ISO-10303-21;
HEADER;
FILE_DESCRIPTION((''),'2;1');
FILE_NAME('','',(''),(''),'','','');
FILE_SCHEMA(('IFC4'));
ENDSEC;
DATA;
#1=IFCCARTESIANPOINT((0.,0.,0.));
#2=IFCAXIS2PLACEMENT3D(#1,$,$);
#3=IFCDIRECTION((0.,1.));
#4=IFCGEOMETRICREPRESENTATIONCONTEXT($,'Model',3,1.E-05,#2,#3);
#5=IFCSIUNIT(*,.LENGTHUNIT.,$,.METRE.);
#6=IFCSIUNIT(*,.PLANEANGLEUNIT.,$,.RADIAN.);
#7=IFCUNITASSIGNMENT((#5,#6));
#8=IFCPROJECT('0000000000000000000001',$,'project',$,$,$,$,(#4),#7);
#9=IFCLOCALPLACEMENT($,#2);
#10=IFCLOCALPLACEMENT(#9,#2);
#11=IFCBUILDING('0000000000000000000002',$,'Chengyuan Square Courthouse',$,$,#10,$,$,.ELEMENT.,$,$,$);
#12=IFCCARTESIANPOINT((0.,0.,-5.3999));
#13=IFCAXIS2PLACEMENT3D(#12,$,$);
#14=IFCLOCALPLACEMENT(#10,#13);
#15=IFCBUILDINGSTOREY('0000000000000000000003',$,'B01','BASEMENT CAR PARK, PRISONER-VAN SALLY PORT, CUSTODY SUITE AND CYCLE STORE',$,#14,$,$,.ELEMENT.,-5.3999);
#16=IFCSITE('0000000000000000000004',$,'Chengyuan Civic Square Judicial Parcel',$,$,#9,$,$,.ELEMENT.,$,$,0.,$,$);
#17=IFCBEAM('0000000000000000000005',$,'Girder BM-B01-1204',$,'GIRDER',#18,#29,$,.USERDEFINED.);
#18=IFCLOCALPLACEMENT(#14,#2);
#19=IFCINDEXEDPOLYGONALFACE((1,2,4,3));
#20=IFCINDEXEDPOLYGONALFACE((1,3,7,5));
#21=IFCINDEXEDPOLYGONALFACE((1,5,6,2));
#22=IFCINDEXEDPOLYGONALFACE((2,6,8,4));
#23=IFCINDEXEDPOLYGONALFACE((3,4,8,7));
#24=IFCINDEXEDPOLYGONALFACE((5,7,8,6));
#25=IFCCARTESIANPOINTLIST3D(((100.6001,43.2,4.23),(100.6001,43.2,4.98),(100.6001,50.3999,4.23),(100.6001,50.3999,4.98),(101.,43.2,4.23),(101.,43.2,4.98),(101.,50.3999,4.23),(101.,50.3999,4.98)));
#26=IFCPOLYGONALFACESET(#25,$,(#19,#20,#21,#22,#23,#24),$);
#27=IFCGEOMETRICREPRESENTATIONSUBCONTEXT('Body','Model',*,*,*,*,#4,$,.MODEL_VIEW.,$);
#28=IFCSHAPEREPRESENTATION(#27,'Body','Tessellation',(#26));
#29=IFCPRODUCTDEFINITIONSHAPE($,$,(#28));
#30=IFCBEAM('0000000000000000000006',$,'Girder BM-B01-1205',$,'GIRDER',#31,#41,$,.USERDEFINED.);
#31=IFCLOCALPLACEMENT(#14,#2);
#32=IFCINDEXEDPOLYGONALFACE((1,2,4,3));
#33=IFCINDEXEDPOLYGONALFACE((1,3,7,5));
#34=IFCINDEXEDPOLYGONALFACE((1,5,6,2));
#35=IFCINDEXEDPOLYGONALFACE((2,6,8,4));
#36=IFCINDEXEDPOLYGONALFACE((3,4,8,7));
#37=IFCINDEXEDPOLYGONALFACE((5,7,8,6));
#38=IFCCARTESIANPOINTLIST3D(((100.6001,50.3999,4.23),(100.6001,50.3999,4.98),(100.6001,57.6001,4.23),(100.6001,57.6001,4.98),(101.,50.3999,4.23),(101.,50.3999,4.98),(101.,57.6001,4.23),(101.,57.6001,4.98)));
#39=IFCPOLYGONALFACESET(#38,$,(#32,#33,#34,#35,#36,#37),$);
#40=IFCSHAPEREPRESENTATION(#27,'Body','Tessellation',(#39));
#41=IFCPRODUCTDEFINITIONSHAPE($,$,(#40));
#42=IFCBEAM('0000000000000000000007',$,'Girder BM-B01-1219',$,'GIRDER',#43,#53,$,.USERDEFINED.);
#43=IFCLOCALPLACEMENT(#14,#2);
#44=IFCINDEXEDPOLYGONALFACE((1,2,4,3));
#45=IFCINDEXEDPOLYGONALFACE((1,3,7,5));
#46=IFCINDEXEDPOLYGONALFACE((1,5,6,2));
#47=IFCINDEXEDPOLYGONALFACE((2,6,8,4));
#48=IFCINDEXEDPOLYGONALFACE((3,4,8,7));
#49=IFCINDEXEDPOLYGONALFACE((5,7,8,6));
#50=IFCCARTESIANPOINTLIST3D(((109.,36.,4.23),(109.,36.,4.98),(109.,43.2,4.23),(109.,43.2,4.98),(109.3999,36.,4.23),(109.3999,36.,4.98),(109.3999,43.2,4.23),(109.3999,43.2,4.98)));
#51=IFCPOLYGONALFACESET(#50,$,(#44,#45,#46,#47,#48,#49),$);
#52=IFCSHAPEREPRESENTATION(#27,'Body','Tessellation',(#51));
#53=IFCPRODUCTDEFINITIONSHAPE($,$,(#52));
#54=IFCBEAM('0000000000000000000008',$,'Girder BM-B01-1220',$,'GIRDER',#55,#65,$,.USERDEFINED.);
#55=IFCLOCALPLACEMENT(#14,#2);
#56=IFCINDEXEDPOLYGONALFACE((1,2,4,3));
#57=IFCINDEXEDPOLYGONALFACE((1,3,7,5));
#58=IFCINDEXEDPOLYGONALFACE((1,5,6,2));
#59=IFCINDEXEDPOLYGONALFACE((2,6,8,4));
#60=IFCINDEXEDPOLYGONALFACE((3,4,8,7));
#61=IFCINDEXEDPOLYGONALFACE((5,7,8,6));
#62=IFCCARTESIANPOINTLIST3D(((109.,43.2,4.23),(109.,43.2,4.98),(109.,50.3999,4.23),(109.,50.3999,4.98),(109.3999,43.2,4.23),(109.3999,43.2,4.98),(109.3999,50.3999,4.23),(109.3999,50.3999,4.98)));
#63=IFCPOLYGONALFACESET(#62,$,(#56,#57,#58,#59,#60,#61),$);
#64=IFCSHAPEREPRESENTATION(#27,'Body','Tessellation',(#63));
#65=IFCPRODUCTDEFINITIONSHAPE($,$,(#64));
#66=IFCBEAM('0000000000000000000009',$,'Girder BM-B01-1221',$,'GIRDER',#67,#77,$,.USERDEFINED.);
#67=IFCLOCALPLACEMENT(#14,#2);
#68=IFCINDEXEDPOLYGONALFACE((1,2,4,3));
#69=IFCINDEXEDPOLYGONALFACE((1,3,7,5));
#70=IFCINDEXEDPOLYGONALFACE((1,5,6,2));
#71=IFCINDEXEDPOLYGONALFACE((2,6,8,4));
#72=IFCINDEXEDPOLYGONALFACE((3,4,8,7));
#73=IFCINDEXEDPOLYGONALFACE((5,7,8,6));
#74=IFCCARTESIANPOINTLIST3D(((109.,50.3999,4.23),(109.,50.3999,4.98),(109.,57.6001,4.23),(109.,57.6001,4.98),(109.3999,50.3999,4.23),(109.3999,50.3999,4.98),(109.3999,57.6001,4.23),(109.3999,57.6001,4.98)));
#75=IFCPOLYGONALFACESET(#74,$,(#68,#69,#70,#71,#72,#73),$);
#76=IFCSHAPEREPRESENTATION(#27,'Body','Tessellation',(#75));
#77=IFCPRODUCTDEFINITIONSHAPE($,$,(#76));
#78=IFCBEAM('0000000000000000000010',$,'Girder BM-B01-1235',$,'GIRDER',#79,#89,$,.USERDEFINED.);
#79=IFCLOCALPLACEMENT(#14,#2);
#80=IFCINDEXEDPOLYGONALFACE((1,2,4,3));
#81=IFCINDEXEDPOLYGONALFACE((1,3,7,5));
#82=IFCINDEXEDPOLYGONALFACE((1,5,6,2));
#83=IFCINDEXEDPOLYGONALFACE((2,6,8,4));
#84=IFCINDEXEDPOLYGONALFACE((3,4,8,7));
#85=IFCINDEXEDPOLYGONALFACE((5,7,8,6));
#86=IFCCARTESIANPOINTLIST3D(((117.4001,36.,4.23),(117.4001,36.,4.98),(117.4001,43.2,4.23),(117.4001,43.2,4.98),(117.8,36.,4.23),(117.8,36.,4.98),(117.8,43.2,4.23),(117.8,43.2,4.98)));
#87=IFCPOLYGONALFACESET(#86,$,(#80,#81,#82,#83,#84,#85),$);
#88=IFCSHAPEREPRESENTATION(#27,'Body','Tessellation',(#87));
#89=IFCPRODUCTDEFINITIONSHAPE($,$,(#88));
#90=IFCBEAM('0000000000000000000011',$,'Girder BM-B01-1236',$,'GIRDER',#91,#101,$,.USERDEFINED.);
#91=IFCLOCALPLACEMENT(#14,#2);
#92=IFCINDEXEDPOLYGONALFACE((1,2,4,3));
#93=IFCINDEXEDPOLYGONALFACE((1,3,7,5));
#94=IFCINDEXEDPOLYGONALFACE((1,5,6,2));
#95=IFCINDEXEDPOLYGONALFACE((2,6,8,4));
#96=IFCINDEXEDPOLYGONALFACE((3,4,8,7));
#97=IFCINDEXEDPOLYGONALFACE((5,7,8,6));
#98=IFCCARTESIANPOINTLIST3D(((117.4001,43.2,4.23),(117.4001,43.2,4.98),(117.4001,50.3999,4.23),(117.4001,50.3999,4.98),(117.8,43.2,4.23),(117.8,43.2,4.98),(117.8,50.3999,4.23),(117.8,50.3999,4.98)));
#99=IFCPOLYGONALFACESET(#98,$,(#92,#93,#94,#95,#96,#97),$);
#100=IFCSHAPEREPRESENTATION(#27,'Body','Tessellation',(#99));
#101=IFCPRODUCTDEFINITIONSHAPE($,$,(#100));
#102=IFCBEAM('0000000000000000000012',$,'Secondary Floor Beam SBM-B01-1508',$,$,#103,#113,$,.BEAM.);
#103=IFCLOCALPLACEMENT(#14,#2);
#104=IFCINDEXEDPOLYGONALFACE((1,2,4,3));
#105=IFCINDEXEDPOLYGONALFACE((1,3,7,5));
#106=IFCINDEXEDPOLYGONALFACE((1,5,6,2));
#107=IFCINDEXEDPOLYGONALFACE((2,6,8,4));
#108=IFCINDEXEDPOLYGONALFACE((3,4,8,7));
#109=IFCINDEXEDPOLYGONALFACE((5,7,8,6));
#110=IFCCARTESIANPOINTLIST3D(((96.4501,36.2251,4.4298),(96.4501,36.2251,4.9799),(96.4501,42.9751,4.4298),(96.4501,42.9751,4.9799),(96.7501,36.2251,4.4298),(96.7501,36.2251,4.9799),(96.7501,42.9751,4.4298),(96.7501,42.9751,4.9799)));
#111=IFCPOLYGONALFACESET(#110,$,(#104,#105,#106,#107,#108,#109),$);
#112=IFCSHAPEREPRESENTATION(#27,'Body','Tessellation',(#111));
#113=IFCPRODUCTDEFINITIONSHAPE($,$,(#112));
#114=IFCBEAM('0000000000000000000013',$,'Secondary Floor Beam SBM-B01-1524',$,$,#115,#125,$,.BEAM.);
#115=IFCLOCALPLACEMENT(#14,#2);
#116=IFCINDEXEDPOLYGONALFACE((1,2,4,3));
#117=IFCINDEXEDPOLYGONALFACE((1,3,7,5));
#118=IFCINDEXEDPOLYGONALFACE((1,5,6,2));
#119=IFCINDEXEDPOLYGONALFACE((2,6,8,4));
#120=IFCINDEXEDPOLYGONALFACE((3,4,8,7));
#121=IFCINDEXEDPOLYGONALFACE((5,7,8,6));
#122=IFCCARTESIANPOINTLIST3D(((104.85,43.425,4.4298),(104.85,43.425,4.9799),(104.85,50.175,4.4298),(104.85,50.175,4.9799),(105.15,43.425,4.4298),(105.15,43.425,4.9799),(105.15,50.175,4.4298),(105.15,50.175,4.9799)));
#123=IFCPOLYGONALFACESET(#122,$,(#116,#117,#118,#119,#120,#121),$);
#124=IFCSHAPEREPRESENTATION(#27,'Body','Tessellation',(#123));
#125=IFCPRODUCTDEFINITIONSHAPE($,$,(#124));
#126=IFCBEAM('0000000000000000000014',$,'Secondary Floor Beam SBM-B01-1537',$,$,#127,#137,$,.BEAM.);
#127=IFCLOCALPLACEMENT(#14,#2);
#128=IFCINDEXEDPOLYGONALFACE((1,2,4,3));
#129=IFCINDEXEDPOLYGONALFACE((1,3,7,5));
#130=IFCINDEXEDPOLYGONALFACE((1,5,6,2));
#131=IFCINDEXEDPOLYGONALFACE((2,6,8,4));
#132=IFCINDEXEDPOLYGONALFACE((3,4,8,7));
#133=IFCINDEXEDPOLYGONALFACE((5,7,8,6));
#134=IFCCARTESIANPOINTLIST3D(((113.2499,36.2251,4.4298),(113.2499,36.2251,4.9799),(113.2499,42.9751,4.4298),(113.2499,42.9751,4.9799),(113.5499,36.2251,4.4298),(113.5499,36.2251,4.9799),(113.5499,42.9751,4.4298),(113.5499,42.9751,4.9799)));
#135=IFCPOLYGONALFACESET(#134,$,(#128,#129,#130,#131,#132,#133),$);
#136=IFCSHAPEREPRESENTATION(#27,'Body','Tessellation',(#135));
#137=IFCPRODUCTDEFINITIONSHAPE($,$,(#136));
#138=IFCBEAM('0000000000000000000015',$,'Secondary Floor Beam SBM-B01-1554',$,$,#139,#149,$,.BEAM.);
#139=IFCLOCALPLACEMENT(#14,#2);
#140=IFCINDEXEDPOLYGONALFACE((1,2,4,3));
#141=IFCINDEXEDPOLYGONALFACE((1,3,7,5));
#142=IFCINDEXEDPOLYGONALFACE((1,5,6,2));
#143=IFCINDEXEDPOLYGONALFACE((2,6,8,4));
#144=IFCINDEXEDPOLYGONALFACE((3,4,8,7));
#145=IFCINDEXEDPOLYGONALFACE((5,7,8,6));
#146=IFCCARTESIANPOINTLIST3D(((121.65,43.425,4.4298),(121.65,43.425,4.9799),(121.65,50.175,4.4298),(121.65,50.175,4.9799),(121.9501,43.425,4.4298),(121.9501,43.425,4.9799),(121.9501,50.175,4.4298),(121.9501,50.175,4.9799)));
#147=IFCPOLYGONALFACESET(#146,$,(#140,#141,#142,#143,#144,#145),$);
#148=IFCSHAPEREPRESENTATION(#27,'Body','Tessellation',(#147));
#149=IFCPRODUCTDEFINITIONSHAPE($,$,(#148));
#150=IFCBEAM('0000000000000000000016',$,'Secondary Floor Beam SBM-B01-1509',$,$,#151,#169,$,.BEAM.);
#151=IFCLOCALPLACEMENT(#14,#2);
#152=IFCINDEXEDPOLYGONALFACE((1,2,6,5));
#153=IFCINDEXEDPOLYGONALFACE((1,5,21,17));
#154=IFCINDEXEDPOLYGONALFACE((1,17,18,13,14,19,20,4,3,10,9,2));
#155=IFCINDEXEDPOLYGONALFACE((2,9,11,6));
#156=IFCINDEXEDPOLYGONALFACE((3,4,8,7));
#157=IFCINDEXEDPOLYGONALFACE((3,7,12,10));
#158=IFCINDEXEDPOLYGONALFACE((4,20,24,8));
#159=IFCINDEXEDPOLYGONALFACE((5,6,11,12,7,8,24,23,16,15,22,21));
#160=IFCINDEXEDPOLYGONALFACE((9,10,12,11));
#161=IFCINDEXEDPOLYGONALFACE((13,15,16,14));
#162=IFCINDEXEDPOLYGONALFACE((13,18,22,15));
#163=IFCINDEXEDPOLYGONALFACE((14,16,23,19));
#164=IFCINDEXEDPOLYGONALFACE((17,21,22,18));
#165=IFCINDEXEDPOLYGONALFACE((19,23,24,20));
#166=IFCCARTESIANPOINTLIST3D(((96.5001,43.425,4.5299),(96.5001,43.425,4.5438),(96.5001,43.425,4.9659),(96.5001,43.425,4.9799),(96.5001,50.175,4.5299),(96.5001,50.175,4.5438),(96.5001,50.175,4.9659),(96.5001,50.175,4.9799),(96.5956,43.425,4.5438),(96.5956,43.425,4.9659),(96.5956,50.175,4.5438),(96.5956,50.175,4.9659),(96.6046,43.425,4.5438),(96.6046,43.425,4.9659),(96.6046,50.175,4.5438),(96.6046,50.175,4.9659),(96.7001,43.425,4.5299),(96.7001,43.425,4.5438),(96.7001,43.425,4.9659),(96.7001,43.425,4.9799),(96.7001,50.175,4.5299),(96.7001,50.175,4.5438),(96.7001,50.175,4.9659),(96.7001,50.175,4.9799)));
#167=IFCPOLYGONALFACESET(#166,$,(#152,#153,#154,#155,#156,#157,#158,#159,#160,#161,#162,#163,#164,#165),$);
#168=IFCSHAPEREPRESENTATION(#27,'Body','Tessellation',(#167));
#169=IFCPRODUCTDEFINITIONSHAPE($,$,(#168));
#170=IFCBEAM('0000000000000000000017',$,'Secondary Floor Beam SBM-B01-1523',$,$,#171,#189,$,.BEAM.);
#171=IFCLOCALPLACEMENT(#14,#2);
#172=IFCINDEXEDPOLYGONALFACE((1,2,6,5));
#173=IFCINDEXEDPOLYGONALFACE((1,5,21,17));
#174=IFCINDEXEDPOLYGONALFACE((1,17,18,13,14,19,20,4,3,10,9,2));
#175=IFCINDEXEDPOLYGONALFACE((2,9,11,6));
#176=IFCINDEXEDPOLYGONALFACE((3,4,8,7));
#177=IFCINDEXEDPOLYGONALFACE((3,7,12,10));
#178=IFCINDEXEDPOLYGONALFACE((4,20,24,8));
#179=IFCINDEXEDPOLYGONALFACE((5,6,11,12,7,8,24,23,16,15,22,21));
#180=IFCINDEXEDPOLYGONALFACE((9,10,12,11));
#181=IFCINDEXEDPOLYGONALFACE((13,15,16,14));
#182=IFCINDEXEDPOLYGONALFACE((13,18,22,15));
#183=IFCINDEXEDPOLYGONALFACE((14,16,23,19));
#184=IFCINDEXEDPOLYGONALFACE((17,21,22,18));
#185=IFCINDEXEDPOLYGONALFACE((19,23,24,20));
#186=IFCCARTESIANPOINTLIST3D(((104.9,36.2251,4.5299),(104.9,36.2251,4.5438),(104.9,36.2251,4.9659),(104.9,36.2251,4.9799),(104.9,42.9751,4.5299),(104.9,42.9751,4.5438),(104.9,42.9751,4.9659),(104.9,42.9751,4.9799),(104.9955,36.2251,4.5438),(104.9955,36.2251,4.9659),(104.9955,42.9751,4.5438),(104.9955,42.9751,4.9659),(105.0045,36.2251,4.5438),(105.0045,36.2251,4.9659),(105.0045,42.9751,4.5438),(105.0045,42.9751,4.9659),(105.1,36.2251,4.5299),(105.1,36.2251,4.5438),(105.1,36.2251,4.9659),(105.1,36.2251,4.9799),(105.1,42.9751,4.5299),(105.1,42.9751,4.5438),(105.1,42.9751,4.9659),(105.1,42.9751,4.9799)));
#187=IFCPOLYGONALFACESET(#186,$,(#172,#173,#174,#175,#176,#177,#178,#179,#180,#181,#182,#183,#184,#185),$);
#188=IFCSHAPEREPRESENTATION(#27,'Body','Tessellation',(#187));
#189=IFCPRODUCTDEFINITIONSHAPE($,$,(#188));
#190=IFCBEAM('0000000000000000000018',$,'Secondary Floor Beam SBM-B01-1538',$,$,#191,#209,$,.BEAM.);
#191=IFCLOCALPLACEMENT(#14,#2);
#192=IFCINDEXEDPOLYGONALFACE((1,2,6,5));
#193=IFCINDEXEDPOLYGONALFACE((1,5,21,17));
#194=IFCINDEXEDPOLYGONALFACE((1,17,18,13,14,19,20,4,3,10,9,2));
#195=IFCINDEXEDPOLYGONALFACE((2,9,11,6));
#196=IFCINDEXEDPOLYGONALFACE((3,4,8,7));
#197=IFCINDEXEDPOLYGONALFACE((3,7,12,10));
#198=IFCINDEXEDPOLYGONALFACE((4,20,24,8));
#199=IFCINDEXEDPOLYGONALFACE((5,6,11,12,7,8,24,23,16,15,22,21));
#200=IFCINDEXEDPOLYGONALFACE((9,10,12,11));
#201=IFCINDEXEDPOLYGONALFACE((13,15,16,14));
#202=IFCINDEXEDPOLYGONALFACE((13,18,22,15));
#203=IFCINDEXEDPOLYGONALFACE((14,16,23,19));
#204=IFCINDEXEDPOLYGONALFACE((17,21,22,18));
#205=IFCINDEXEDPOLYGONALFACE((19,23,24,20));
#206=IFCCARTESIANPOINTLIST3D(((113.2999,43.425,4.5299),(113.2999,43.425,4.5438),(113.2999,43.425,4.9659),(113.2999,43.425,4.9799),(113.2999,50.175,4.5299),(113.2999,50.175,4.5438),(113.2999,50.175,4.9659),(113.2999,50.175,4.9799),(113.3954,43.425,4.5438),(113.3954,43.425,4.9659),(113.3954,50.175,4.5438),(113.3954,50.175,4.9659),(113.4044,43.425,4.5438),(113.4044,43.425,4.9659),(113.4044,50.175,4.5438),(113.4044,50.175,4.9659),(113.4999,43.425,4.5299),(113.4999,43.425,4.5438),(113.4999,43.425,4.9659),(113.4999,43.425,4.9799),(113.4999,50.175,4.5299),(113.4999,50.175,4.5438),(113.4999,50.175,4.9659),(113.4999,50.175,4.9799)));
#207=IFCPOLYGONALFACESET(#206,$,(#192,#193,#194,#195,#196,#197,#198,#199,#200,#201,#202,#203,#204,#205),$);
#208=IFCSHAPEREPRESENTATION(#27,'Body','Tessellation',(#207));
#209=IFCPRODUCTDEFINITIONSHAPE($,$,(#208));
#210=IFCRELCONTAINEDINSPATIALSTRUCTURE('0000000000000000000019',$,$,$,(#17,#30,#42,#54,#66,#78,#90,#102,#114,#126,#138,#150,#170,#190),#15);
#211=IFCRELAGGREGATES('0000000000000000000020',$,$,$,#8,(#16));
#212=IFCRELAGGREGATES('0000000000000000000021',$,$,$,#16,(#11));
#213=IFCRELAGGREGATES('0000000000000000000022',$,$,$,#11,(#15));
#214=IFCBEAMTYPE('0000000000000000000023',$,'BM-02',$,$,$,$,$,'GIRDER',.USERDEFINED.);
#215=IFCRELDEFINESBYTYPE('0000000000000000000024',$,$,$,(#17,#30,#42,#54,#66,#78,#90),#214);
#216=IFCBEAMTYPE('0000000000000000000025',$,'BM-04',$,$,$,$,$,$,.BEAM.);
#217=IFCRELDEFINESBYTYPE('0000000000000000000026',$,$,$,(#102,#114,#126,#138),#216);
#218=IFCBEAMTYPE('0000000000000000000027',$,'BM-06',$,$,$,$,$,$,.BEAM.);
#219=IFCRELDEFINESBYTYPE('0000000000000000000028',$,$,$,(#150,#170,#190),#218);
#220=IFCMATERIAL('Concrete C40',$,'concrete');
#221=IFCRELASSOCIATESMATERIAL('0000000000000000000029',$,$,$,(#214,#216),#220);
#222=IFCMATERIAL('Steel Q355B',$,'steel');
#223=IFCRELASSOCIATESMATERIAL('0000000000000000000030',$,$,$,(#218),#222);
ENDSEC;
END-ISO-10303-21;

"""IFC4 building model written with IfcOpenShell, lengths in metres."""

from ifc_helpers import new_model, si_unit, direction, frame, origin, origin_2d, place, context, subcontext, project, spatial, rectangle, i_section, extrude, material, material_profile, profile_set, type_object, element, save


model = new_model("IFC4")

# Units and contexts
model_context = context("Model", 3, precision=1e-05, world=origin(), true_north=direction((0.0, 1.0)))
body_context = subcontext(model_context, "Body", "Model", "MODEL_VIEW")
ifc_project = project(units=[si_unit("LENGTHUNIT", "METRE"), si_unit("PLANEANGLEUNIT", "RADIAN")], contexts=[model_context])

# Site, building, storey
site_placement = place(None, origin())
site = spatial("IfcSite", under=ifc_project, at=site_placement, Name="Chengyuan Civic Square Judicial Parcel", CompositionType="ELEMENT", RefElevation=0.0)
building_placement = place(site_placement, origin())
building = spatial("IfcBuilding", under=site, at=building_placement, Name="Chengyuan Square Courthouse", CompositionType="ELEMENT")
storey_placement = place(building_placement, frame((0.0, 0.0, -5.3999)))
storey = spatial("IfcBuildingStorey", under=building, at=storey_placement, Name="B01", Description="BASEMENT CAR PARK, PRISONER-VAN SALLY PORT, CUSTODY SUITE AND CYCLE STORE", CompositionType="ELEMENT", Elevation=-5.3999)

# Beams
ifc_material_1 = material(Name="Concrete C40", Category="concrete")
ifc_material_profile_1 = material_profile(ifc_material_1, rectangle(XDim=0.3999, YDim=0.75, at=origin_2d()), Name="RC-BM-400x750")
ifc_profile_set_1 = profile_set([ifc_material_profile_1], Name="Concrete C40")
beam_type_1 = type_object("IfcBeamType", Name="BM-02", ElementType="GIRDER", PredefinedType="USERDEFINED", material=ifc_profile_set_1)
for number, where, z_axis, x_axis, name in (
    (1, (100.8, 43.2, 4.605), (0.0, 1.0, 0.0), (-1.0, 0.0, 0.0), "Girder BM-B01-1204"),
):
    element("IfcBeam", number, at=place(storey_placement, frame(where, z_axis=z_axis, x_axis=x_axis)), inside=storey, type_object=beam_type_1, Name=name, ObjectType="GIRDER", PredefinedType="USERDEFINED", context=body_context, shape_type="SweptSolid", body=[
        extrude(rectangle(XDim=0.3999, YDim=0.75, at=origin_2d()), origin(), (0.0, 0.0, 1.0), 7.2),
    ])
beam_1_placement = place(storey_placement, frame((100.8, 50.3999, 4.605), z_axis=(0.0, 1.0, 0.0), x_axis=(-1.0, 0.0, 0.0)))
element("IfcBeam", 2, at=beam_1_placement, inside=storey, type_object=beam_type_1, Name="Girder BM-B01-1205", ObjectType="GIRDER", PredefinedType="USERDEFINED", context=body_context, shape_type="SweptSolid", body=[
    extrude(rectangle(XDim=0.3999, YDim=0.75, at=origin_2d()), origin(), (0.0, 0.0, 1.0), 7.2002),
])
for number, where, z_axis, x_axis, name in (
    (3, (109.2, 36.0, 4.605), (0.0, 1.0, 0.0), (-1.0, 0.0, 0.0), "Girder BM-B01-1219"),
    (4, (109.2, 43.2, 4.605), (0.0, 1.0, 0.0), (-1.0, 0.0, 0.0), "Girder BM-B01-1220"),
):
    element("IfcBeam", number, at=place(storey_placement, frame(where, z_axis=z_axis, x_axis=x_axis)), inside=storey, type_object=beam_type_1, Name=name, ObjectType="GIRDER", PredefinedType="USERDEFINED", context=body_context, shape_type="SweptSolid", body=[
        extrude(rectangle(XDim=0.3999, YDim=0.75, at=origin_2d()), origin(), (0.0, 0.0, 1.0), 7.2),
    ])
beam_2_placement = place(storey_placement, frame((109.2, 50.3999, 4.605), z_axis=(0.0, 1.0, 0.0), x_axis=(-1.0, 0.0, 0.0)))
element("IfcBeam", 5, at=beam_2_placement, inside=storey, type_object=beam_type_1, Name="Girder BM-B01-1221", ObjectType="GIRDER", PredefinedType="USERDEFINED", context=body_context, shape_type="SweptSolid", body=[
    extrude(rectangle(XDim=0.3999, YDim=0.75, at=origin_2d()), origin(), (0.0, 0.0, 1.0), 7.2002),
])
for number, where, z_axis, x_axis, name in (
    (6, (117.6001, 36.0, 4.605), (0.0, 1.0, 0.0), (-1.0, 0.0, 0.0), "Girder BM-B01-1235"),
    (7, (117.6001, 43.2, 4.605), (0.0, 1.0, 0.0), (-1.0, 0.0, 0.0), "Girder BM-B01-1236"),
):
    element("IfcBeam", number, at=place(storey_placement, frame(where, z_axis=z_axis, x_axis=x_axis)), inside=storey, type_object=beam_type_1, Name=name, ObjectType="GIRDER", PredefinedType="USERDEFINED", context=body_context, shape_type="SweptSolid", body=[
        extrude(rectangle(XDim=0.3999, YDim=0.75, at=origin_2d()), origin(), (0.0, 0.0, 1.0), 7.2),
    ])
ifc_material_profile_2 = material_profile(ifc_material_1, rectangle(XDim=0.3, YDim=0.55, at=origin_2d()), Name="RC-BM-300x550")
ifc_profile_set_2 = profile_set([ifc_material_profile_2], Name="Concrete C40")
beam_type_2 = type_object("IfcBeamType", Name="BM-04", PredefinedType="BEAM", material=ifc_profile_set_2)
for number, where, z_axis, x_axis, name in (
    (8, (96.6001, 36.2251, 4.7048), (0.0, 1.0, 0.0), (-1.0, 0.0, 0.0), "Secondary Floor Beam SBM-B01-1508"),
    (9, (105.0, 43.425, 4.7048), (0.0, 1.0, 0.0), (-1.0, 0.0, 0.0), "Secondary Floor Beam SBM-B01-1524"),
    (10, (113.3999, 36.2251, 4.7048), (0.0, 1.0, 0.0), (-1.0, 0.0, 0.0), "Secondary Floor Beam SBM-B01-1537"),
    (11, (121.8, 43.425, 4.7048), (0.0, 1.0, 0.0), (-1.0, 0.0, 0.0), "Secondary Floor Beam SBM-B01-1554"),
):
    element("IfcBeam", number, at=place(storey_placement, frame(where, z_axis=z_axis, x_axis=x_axis)), inside=storey, type_object=beam_type_2, Name=name, PredefinedType="BEAM", context=body_context, shape_type="SweptSolid", body=[
        extrude(rectangle(XDim=0.3, YDim=0.55, at=origin_2d()), origin(), (0.0, 0.0, 1.0), 6.75),
    ])
ifc_material_2 = material(Name="Steel Q355B", Category="steel")
ifc_material_profile_3 = material_profile(ifc_material_2, i_section(OverallWidth=0.2, OverallDepth=0.45, WebThickness=0.009, FlangeThickness=0.0139, at=origin_2d()), Name="HN 450x200x9x14")
ifc_profile_set_3 = profile_set([ifc_material_profile_3], Name="Steel Q355B")
beam_type_3 = type_object("IfcBeamType", Name="BM-06", PredefinedType="BEAM", material=ifc_profile_set_3)
for number, where, z_axis, x_axis, name in (
    (12, (96.6001, 43.425, 4.7549), (0.0, 1.0, 0.0), (-1.0, 0.0, 0.0), "Secondary Floor Beam SBM-B01-1509"),
    (13, (105.0, 36.2251, 4.7549), (0.0, 1.0, 0.0), (-1.0, 0.0, 0.0), "Secondary Floor Beam SBM-B01-1523"),
    (14, (113.3999, 43.425, 4.7549), (0.0, 1.0, 0.0), (-1.0, 0.0, 0.0), "Secondary Floor Beam SBM-B01-1538"),
):
    element("IfcBeam", number, at=place(storey_placement, frame(where, z_axis=z_axis, x_axis=x_axis)), inside=storey, type_object=beam_type_3, Name=name, PredefinedType="BEAM", context=body_context, shape_type="SweptSolid", body=[
        extrude(i_section(OverallWidth=0.2, OverallDepth=0.45, WebThickness=0.009, FlangeThickness=0.0139, at=origin_2d()), origin(), (0.0, 0.0, 1.0), 6.75),
    ])

save(model, "model.ifc")
